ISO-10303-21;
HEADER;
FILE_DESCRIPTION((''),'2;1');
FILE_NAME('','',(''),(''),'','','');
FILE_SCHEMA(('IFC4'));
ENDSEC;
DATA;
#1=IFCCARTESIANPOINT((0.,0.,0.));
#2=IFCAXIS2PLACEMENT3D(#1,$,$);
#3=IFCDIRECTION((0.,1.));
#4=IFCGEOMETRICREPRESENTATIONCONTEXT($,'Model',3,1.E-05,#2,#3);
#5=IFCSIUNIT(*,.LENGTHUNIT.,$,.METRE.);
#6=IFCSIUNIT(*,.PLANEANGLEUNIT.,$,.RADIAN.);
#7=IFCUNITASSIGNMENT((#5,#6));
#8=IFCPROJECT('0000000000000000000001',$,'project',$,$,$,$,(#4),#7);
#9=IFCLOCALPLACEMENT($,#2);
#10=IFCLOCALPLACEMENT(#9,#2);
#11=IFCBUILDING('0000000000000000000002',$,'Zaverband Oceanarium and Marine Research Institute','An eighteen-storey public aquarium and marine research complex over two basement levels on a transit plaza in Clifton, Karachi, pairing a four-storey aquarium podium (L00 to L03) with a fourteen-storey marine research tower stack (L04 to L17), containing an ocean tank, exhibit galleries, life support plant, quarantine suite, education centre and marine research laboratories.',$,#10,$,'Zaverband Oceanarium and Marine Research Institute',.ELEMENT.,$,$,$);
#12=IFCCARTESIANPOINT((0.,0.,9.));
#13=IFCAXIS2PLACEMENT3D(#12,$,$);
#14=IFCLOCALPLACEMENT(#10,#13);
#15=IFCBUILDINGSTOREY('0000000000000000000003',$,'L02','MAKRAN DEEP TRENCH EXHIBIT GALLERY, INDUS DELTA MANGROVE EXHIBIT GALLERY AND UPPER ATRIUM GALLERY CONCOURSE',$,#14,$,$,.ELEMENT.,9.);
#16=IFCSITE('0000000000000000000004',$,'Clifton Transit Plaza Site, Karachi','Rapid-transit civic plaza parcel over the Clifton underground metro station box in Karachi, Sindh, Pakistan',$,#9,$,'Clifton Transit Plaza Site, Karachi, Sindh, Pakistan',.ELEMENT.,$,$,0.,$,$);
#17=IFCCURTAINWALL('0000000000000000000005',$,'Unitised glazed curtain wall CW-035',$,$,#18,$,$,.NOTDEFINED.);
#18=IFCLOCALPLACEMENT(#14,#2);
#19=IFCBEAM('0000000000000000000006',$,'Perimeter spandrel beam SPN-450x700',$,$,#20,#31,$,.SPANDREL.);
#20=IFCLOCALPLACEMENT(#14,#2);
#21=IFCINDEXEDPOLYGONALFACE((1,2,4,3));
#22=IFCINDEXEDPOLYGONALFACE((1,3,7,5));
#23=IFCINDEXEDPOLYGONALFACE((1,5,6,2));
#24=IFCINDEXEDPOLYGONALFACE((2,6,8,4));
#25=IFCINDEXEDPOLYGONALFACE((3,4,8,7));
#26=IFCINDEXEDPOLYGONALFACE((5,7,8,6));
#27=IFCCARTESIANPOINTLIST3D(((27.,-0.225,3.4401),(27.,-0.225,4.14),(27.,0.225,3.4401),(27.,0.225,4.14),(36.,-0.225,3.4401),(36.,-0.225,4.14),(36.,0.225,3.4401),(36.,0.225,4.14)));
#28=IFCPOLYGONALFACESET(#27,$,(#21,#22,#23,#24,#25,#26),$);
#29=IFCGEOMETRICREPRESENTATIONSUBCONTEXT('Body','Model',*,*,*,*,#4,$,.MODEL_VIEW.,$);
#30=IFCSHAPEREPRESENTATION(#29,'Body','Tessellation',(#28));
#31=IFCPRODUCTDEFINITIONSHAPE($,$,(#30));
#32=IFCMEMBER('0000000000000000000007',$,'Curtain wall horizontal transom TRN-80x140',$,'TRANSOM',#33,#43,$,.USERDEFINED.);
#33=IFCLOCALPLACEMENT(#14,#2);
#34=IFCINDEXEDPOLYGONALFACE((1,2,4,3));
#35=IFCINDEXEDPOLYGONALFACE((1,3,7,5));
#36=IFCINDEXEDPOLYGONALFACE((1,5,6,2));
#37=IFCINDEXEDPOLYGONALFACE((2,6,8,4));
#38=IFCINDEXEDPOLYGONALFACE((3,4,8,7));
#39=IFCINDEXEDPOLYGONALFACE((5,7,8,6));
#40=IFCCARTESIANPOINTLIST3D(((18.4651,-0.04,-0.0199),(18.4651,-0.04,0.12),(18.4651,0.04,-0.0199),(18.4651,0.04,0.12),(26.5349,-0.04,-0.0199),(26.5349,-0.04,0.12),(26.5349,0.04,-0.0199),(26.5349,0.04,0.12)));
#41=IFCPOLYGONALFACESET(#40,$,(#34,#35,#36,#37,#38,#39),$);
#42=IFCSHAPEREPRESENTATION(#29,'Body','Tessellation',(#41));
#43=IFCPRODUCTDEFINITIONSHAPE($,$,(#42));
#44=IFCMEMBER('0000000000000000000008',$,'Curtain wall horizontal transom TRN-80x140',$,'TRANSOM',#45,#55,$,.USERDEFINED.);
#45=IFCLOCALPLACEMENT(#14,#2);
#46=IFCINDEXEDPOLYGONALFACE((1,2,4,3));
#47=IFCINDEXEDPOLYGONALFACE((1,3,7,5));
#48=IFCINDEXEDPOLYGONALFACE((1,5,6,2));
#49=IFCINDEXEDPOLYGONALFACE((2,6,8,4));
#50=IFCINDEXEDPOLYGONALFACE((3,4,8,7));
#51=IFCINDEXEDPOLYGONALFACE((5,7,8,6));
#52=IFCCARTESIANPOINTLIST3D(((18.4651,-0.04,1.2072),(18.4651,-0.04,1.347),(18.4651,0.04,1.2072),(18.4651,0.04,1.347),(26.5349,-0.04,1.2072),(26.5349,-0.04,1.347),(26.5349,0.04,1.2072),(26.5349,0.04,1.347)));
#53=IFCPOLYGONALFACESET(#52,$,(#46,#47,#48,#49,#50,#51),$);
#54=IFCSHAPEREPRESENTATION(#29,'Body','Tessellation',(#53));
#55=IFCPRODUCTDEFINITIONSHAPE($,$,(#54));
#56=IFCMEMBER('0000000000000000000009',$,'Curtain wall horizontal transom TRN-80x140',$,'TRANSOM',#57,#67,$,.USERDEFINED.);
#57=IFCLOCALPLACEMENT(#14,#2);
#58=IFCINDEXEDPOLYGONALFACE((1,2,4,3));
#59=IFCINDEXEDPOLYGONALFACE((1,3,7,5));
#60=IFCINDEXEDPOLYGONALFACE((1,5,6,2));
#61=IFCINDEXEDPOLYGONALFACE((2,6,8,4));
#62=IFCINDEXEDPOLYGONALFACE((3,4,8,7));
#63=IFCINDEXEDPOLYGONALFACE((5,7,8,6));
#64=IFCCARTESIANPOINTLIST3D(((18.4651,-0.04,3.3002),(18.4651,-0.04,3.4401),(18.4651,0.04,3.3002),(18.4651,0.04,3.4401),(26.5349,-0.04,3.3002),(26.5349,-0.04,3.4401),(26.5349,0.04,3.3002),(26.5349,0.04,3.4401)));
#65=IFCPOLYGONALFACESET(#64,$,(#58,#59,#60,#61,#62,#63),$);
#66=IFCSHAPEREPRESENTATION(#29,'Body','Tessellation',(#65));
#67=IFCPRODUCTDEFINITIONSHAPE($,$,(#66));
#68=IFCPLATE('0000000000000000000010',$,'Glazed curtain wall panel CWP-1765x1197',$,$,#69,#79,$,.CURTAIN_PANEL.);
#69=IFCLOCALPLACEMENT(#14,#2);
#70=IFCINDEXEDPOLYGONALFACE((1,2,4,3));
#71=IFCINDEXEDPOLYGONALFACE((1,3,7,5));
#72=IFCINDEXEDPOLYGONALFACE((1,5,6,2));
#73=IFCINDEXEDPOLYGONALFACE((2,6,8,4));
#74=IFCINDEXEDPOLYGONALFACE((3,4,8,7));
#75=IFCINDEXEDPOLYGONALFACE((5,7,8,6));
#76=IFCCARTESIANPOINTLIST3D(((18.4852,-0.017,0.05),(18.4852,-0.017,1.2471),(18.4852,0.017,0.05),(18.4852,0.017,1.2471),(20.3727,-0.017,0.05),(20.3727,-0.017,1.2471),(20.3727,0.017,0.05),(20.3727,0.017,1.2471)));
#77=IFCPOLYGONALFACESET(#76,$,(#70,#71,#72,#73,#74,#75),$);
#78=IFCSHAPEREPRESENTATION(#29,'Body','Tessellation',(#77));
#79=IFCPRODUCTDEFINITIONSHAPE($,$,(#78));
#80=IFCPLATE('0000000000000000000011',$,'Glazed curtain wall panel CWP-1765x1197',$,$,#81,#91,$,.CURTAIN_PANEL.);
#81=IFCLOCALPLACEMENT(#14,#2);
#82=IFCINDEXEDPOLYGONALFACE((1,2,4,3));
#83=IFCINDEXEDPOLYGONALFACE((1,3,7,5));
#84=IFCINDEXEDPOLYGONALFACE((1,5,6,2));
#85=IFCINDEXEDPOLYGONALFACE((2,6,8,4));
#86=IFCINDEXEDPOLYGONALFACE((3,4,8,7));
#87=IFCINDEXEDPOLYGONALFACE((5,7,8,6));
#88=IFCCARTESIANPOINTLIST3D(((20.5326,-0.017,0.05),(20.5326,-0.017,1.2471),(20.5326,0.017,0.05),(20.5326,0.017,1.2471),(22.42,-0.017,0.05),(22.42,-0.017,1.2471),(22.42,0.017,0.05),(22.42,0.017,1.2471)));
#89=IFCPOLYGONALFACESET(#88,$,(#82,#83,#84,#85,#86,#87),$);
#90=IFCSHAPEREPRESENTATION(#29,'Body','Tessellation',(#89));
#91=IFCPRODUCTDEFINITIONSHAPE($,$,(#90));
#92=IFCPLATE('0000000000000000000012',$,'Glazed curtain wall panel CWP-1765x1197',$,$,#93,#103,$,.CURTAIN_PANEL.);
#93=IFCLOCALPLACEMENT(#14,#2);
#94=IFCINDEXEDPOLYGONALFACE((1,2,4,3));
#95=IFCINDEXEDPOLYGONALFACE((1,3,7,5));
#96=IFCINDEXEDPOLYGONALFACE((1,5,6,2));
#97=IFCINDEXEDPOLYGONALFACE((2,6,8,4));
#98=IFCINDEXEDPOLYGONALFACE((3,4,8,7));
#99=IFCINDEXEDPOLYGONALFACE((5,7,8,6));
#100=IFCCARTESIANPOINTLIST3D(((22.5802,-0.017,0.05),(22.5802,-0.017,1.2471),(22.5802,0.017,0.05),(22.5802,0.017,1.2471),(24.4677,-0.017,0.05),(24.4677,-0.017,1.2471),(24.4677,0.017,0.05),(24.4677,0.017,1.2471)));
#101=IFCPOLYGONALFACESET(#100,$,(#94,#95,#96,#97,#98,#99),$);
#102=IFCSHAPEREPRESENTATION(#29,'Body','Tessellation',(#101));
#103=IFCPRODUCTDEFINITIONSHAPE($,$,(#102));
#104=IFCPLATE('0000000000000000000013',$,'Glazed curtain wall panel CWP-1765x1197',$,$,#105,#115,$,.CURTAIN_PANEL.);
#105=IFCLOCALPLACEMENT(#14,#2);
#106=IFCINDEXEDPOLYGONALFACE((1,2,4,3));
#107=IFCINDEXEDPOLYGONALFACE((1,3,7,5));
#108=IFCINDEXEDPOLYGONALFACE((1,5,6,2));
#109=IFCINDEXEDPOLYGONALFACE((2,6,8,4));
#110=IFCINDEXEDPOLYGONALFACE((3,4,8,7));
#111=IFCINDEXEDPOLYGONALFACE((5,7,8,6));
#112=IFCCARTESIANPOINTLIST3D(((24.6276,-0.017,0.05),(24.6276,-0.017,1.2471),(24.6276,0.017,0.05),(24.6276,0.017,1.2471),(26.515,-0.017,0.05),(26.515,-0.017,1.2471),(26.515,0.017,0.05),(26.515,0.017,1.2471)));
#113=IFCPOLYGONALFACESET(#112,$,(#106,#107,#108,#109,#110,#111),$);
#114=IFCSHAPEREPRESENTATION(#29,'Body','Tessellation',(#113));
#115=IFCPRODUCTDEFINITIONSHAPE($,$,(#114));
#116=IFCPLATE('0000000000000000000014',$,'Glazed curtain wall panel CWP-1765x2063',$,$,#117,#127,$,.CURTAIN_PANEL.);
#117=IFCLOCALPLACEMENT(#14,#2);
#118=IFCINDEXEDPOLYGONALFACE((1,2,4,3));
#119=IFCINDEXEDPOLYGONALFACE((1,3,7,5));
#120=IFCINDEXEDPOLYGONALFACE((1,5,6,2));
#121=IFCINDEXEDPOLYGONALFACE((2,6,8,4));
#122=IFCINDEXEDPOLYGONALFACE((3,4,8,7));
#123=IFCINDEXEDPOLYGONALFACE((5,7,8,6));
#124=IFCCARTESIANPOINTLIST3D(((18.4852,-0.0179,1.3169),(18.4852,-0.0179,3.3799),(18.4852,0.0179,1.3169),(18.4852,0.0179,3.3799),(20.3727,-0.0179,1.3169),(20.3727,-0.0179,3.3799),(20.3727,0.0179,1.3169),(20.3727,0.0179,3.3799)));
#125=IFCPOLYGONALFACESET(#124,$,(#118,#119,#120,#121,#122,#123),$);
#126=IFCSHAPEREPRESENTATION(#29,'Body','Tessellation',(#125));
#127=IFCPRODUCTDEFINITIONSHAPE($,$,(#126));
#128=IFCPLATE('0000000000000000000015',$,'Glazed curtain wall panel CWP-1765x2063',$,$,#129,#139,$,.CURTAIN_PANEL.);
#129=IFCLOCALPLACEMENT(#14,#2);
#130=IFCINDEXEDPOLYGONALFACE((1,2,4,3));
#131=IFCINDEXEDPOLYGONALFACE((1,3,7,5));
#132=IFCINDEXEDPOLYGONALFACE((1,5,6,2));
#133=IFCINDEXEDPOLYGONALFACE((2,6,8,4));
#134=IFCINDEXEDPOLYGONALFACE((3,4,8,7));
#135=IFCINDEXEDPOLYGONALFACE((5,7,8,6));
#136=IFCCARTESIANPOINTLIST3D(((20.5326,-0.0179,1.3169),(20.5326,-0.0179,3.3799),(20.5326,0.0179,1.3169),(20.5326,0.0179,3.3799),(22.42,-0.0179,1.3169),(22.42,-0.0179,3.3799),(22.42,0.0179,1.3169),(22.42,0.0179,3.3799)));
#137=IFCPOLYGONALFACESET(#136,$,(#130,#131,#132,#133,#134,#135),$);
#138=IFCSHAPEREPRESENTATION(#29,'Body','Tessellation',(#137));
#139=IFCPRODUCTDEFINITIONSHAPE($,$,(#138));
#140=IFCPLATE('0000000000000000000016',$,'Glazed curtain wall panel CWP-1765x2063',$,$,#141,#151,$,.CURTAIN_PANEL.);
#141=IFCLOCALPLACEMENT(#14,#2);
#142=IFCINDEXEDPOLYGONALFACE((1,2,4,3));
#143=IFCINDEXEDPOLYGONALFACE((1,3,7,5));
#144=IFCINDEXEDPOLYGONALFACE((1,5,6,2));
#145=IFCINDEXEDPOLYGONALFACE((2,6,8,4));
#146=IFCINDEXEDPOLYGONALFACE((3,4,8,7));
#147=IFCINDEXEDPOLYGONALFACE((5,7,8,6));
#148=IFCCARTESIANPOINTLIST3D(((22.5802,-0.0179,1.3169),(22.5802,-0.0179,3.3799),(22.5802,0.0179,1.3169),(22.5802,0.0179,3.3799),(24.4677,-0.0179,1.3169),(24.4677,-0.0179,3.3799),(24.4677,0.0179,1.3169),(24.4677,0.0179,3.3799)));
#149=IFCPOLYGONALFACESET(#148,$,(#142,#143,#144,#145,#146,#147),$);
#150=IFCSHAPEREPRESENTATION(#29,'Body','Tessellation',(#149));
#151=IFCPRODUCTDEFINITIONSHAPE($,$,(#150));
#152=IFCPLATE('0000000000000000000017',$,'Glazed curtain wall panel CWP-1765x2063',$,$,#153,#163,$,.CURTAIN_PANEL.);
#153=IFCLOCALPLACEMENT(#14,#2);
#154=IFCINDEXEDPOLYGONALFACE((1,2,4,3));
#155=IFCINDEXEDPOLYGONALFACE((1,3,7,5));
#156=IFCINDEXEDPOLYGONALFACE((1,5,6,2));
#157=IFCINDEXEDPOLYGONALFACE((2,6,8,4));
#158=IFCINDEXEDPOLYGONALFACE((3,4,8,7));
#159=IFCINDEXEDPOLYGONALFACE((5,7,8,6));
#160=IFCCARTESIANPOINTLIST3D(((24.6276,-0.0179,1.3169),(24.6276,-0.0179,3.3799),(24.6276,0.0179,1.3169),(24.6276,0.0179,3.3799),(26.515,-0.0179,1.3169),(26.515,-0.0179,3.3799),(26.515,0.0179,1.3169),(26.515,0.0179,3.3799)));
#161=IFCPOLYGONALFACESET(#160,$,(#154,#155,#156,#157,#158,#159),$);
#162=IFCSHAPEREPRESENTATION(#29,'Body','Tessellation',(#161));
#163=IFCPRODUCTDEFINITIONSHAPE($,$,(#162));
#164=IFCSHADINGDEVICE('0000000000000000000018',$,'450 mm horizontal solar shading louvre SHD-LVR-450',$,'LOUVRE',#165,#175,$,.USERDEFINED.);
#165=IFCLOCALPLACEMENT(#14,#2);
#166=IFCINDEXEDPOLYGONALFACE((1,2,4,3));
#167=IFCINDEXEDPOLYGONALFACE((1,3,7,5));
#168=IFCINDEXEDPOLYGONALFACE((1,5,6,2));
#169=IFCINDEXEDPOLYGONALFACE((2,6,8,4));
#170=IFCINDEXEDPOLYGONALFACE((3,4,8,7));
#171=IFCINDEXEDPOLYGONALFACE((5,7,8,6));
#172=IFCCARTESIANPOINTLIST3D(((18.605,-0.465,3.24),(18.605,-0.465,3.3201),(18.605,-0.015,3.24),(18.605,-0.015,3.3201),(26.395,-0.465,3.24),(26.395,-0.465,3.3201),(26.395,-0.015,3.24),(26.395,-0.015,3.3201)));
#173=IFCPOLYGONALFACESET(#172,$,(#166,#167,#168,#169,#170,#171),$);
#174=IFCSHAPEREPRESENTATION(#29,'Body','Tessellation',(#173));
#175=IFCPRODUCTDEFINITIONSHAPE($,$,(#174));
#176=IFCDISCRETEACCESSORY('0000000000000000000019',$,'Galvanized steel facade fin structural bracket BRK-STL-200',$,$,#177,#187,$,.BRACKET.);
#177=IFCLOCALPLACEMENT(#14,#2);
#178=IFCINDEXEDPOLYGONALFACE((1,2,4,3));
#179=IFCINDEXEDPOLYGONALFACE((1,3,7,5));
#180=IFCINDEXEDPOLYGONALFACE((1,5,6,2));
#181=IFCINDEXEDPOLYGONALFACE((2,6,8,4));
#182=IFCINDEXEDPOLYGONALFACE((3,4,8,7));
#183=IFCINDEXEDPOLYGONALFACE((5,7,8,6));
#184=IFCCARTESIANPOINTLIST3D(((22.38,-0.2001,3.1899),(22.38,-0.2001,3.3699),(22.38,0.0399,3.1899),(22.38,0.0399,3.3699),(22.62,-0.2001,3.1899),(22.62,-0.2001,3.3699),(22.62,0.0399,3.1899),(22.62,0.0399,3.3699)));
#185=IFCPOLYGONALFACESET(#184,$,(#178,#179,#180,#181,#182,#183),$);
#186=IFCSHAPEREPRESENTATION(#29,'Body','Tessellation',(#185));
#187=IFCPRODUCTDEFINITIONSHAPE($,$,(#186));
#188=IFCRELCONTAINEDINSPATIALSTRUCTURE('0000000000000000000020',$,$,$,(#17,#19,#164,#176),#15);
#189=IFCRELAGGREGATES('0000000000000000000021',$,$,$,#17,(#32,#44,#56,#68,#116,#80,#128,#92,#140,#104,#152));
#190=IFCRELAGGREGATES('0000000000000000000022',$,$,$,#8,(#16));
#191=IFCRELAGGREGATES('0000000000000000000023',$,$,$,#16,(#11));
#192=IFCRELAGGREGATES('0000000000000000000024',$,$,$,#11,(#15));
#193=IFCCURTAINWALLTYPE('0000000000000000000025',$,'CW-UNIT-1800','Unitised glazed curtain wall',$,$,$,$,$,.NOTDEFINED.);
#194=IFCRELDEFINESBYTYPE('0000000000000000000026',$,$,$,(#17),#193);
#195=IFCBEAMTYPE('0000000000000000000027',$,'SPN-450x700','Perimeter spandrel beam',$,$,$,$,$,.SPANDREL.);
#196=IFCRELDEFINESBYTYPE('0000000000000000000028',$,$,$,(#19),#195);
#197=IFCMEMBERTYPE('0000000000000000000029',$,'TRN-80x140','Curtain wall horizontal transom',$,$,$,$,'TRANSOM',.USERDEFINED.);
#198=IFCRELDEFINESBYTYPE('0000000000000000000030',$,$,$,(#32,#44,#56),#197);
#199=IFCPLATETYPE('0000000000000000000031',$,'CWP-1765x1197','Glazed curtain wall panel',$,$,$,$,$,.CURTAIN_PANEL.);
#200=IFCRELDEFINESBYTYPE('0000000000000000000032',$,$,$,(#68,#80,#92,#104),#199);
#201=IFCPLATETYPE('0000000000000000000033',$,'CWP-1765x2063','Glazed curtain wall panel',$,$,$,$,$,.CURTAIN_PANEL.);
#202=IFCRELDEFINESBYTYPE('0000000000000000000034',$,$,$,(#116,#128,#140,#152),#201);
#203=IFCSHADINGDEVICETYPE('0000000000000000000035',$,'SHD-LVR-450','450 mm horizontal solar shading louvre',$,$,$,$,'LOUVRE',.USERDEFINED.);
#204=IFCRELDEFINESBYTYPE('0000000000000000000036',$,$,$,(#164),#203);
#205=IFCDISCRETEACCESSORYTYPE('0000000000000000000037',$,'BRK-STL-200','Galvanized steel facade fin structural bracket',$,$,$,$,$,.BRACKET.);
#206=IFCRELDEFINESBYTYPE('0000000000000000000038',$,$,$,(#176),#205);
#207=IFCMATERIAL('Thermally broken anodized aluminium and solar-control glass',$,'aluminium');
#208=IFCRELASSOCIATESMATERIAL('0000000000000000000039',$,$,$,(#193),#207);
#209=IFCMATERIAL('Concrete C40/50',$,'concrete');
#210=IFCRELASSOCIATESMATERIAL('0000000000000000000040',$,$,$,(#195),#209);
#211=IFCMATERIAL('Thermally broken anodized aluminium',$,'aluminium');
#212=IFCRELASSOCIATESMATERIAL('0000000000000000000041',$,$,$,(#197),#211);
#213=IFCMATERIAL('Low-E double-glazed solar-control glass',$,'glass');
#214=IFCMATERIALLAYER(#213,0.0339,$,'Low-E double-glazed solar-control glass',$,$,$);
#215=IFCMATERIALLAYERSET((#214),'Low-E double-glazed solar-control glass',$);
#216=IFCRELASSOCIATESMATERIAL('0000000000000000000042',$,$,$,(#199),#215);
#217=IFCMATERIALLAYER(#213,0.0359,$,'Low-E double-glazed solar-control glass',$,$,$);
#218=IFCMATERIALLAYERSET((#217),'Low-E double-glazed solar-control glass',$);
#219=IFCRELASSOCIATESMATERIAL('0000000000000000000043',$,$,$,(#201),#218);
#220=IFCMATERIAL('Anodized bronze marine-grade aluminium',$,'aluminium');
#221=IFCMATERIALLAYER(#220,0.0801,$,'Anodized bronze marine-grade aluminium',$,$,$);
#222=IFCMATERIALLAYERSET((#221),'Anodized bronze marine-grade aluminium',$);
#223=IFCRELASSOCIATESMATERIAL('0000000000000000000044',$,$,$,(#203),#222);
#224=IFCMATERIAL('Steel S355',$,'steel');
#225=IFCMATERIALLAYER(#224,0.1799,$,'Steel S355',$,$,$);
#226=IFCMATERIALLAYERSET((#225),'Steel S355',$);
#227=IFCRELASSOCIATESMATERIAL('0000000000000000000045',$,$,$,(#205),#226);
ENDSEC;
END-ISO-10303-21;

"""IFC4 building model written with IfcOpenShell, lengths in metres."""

from ifc_helpers import new_model, si_unit, direction, frame, frame_2d, origin, origin_2d, place, context, subcontext, project, spatial, rectangle, extrude, material, layer, layer_set, material_profile, profile_set, type_object, element, aggregate, save


model = new_model("IFC4")

# Units and contexts
model_context = context("Model", 3, precision=1e-05, world=origin(), true_north=direction((0.0, 1.0)))
body_context = subcontext(model_context, "Body", "Model", "MODEL_VIEW")
ifc_project = project(units=[si_unit("LENGTHUNIT", "METRE"), si_unit("PLANEANGLEUNIT", "RADIAN")], contexts=[model_context])

# Site, building, storey
site_placement = place(None, origin())
site = spatial("IfcSite", under=ifc_project, at=site_placement, Name="Clifton Transit Plaza Site, Karachi", Description="Rapid-transit civic plaza parcel over the Clifton underground metro station box in Karachi, Sindh, Pakistan", LongName="Clifton Transit Plaza Site, Karachi, Sindh, Pakistan", CompositionType="ELEMENT", RefElevation=0.0)
building_placement = place(site_placement, origin())
building = spatial("IfcBuilding", under=site, at=building_placement, Name="Zaverband Oceanarium and Marine Research Institute", Description="An eighteen-storey public aquarium and marine research complex over two basement levels on a transit plaza in Clifton, Karachi, pairing a four-storey aquarium podium (L00 to L03) with a fourteen-storey marine research tower stack (L04 to L17), containing an ocean tank, exhibit galleries, life support plant, quarantine suite, education centre and marine research laboratories.", LongName="Zaverband Oceanarium and Marine Research Institute", CompositionType="ELEMENT")
storey_placement = place(building_placement, frame((0.0, 0.0, 9.0)))
storey = spatial("IfcBuildingStorey", under=building, at=storey_placement, Name="L02", Description="MAKRAN DEEP TRENCH EXHIBIT GALLERY, INDUS DELTA MANGROVE EXHIBIT GALLERY AND UPPER ATRIUM GALLERY CONCOURSE", CompositionType="ELEMENT", Elevation=9.0)

# Shared definitions
ifc_material_1 = material(Name="Concrete C40/50", Category="concrete")

# Curtain wall
ifc_material_2 = material(Name="Thermally broken anodized aluminium and solar-control glass", Category="aluminium")
curtain_wall_type = type_object("IfcCurtainWallType", Name="CW-UNIT-1800", Description="Unitised glazed curtain wall", PredefinedType="NOTDEFINED", material=ifc_material_2)
curtain_wall_placement = place(storey_placement, origin())
curtain_wall = element("IfcCurtainWall", 1, at=curtain_wall_placement, inside=storey, type_object=curtain_wall_type, Name="Unitised glazed curtain wall CW-035", PredefinedType="NOTDEFINED")
ifc_material_3 = material(Name="Thermally broken anodized aluminium", Category="aluminium")

# Beam
ifc_material_profile_1 = material_profile(ifc_material_1, rectangle(XDim=0.45, YDim=0.7, at=origin_2d()), Name="RC450x700")
ifc_profile_set_1 = profile_set([ifc_material_profile_1], Name="Concrete C40/50")
beam_type_1 = type_object("IfcBeamType", Name="SPN-450x700", Description="Perimeter spandrel beam", PredefinedType="SPANDREL", material=ifc_profile_set_1)
beam_1_placement = place(storey_placement, frame((27.0, 0.0, 3.79), z_axis=(1.0, 0.0, 0.0), x_axis=(0.0, 1.0, 0.0)))
element("IfcBeam", 2, at=beam_1_placement, inside=storey, type_object=beam_type_1, Name="Perimeter spandrel beam SPN-450x700", PredefinedType="SPANDREL", context=body_context, shape_type="SweptSolid", body=[
    extrude(rectangle(XDim=0.45, YDim=0.7, at=origin_2d()), origin(), (0.0, 0.0, 1.0), 9.0),
])

# Members
ifc_material_profile_2 = material_profile(ifc_material_3, rectangle(XDim=0.0801, YDim=0.1399, at=origin_2d()), Name="AL-TRN-80x140")
ifc_profile_set_2 = profile_set([ifc_material_profile_2], Name="Thermally broken anodized aluminium")
member_type_1 = type_object("IfcMemberType", Name="TRN-80x140", Description="Curtain wall horizontal transom", ElementType="TRANSOM", PredefinedType="USERDEFINED", material=ifc_profile_set_2)
member_1_placement = place(storey_placement, frame((18.4651, 0.0, 0.05), z_axis=(1.0, 0.0, 0.0), x_axis=(0.0, 1.0, 0.0)))
member_1 = element("IfcMember", 3, at=member_1_placement, type_object=member_type_1, Name="Curtain wall horizontal transom TRN-80x140", ObjectType="TRANSOM", PredefinedType="USERDEFINED", context=body_context, shape_type="SweptSolid", body=[
    extrude(rectangle(XDim=0.0801, YDim=0.1399, at=origin_2d()), origin(), (0.0, 0.0, 1.0), 8.0698),
])
member_2_placement = place(storey_placement, frame((18.4651, 0.0, 1.2771), z_axis=(1.0, 0.0, 0.0), x_axis=(0.0, 1.0, 0.0)))
member_2 = element("IfcMember", 4, at=member_2_placement, type_object=member_type_1, Name="Curtain wall horizontal transom TRN-80x140", ObjectType="TRANSOM", PredefinedType="USERDEFINED", context=body_context, shape_type="SweptSolid", body=[
    extrude(rectangle(XDim=0.0801, YDim=0.1399, at=origin_2d()), origin(), (0.0, 0.0, 1.0), 8.0698),
])
member_3_placement = place(storey_placement, frame((18.4651, 0.0, 3.3701), z_axis=(1.0, 0.0, 0.0), x_axis=(0.0, 1.0, 0.0)))
member_3 = element("IfcMember", 5, at=member_3_placement, type_object=member_type_1, Name="Curtain wall horizontal transom TRN-80x140", ObjectType="TRANSOM", PredefinedType="USERDEFINED", context=body_context, shape_type="SweptSolid", body=[
    extrude(rectangle(XDim=0.0801, YDim=0.1399, at=origin_2d()), origin(), (0.0, 0.0, 1.0), 8.0698),
])

# Plates
ifc_material_4 = material(Name="Low-E double-glazed solar-control glass", Category="glass")
ifc_layer_1 = layer(ifc_material_4, 0.0339, Name="Low-E double-glazed solar-control glass")
ifc_layer_set_1 = layer_set([ifc_layer_1], Name="Low-E double-glazed solar-control glass")
plate_type_1 = type_object("IfcPlateType", Name="CWP-1765x1197", Description="Glazed curtain wall panel", PredefinedType="CURTAIN_PANEL", material=ifc_layer_set_1)
plate_1_placement = place(storey_placement, frame((18.4851, 0.0, 0.05), z_axis=(0.0, 0.0, 1.0), x_axis=(1.0, 0.0, 0.0)))
plate_1 = element("IfcPlate", 6, at=plate_1_placement, type_object=plate_type_1, Name="Glazed curtain wall panel CWP-1765x1197", PredefinedType="CURTAIN_PANEL", context=body_context, shape_type="SweptSolid", body=[
    extrude(rectangle(XDim=1.8875, YDim=0.0339, at=frame_2d((0.9438, 0.0))), origin(), (0.0, 0.0, 1.0), 1.197),
])
plate_2_placement = place(storey_placement, frame((20.5325, 0.0, 0.05), z_axis=(0.0, 0.0, 1.0), x_axis=(1.0, 0.0, 0.0)))
plate_2 = element("IfcPlate", 7, at=plate_2_placement, type_object=plate_type_1, Name="Glazed curtain wall panel CWP-1765x1197", PredefinedType="CURTAIN_PANEL", context=body_context, shape_type="SweptSolid", body=[
    extrude(rectangle(XDim=1.8875, YDim=0.0339, at=frame_2d((0.9438, 0.0))), origin(), (0.0, 0.0, 1.0), 1.197),
])
plate_3_placement = place(storey_placement, frame((22.5801, 0.0, 0.05), z_axis=(0.0, 0.0, 1.0), x_axis=(1.0, 0.0, 0.0)))
plate_3 = element("IfcPlate", 8, at=plate_3_placement, type_object=plate_type_1, Name="Glazed curtain wall panel CWP-1765x1197", PredefinedType="CURTAIN_PANEL", context=body_context, shape_type="SweptSolid", body=[
    extrude(rectangle(XDim=1.8875, YDim=0.0339, at=frame_2d((0.9438, 0.0))), origin(), (0.0, 0.0, 1.0), 1.197),
])
plate_4_placement = place(storey_placement, frame((24.6274, 0.0, 0.05), z_axis=(0.0, 0.0, 1.0), x_axis=(1.0, 0.0, 0.0)))
plate_4 = element("IfcPlate", 9, at=plate_4_placement, type_object=plate_type_1, Name="Glazed curtain wall panel CWP-1765x1197", PredefinedType="CURTAIN_PANEL", context=body_context, shape_type="SweptSolid", body=[
    extrude(rectangle(XDim=1.8875, YDim=0.0339, at=frame_2d((0.9438, 0.0))), origin(), (0.0, 0.0, 1.0), 1.197),
])
ifc_layer_2 = layer(ifc_material_4, 0.0359, Name="Low-E double-glazed solar-control glass")
ifc_layer_set_2 = layer_set([ifc_layer_2], Name="Low-E double-glazed solar-control glass")
plate_type_2 = type_object("IfcPlateType", Name="CWP-1765x2063", Description="Glazed curtain wall panel", PredefinedType="CURTAIN_PANEL", material=ifc_layer_set_2)
plate_5_placement = place(storey_placement, frame((18.4851, 0.0, 1.3169), z_axis=(0.0, 0.0, 1.0), x_axis=(1.0, 0.0, 0.0)))
plate_5 = element("IfcPlate", 10, at=plate_5_placement, type_object=plate_type_2, Name="Glazed curtain wall panel CWP-1765x2063", PredefinedType="CURTAIN_PANEL", context=body_context, shape_type="SweptSolid", body=[
    extrude(rectangle(XDim=1.8875, YDim=0.0359, at=frame_2d((0.9438, 0.0))), origin(), (0.0, 0.0, 1.0), 2.063),
])
plate_6_placement = place(storey_placement, frame((20.5325, 0.0, 1.3169), z_axis=(0.0, 0.0, 1.0), x_axis=(1.0, 0.0, 0.0)))
plate_6 = element("IfcPlate", 11, at=plate_6_placement, type_object=plate_type_2, Name="Glazed curtain wall panel CWP-1765x2063", PredefinedType="CURTAIN_PANEL", context=body_context, shape_type="SweptSolid", body=[
    extrude(rectangle(XDim=1.8875, YDim=0.0359, at=frame_2d((0.9438, 0.0))), origin(), (0.0, 0.0, 1.0), 2.063),
])
plate_7_placement = place(storey_placement, frame((22.5801, 0.0, 1.3169), z_axis=(0.0, 0.0, 1.0), x_axis=(1.0, 0.0, 0.0)))
plate_7 = element("IfcPlate", 12, at=plate_7_placement, type_object=plate_type_2, Name="Glazed curtain wall panel CWP-1765x2063", PredefinedType="CURTAIN_PANEL", context=body_context, shape_type="SweptSolid", body=[
    extrude(rectangle(XDim=1.8875, YDim=0.0359, at=frame_2d((0.9438, 0.0))), origin(), (0.0, 0.0, 1.0), 2.063),
])
plate_8_placement = place(storey_placement, frame((24.6274, 0.0, 1.3169), z_axis=(0.0, 0.0, 1.0), x_axis=(1.0, 0.0, 0.0)))
plate_8 = element("IfcPlate", 13, at=plate_8_placement, type_object=plate_type_2, Name="Glazed curtain wall panel CWP-1765x2063", PredefinedType="CURTAIN_PANEL", context=body_context, shape_type="SweptSolid", body=[
    extrude(rectangle(XDim=1.8875, YDim=0.0359, at=frame_2d((0.9438, 0.0))), origin(), (0.0, 0.0, 1.0), 2.063),
])
aggregate(curtain_wall, [member_1, member_2, member_3, plate_1, plate_5, plate_2, plate_6, plate_3, plate_7, plate_4, plate_8])

# Shading device
ifc_material_5 = material(Name="Anodized bronze marine-grade aluminium", Category="aluminium")
ifc_layer_3 = layer(ifc_material_5, 0.0801, Name="Anodized bronze marine-grade aluminium")
ifc_layer_set_3 = layer_set([ifc_layer_3], Name="Anodized bronze marine-grade aluminium")
shading_device_type = type_object("IfcShadingDeviceType", Name="SHD-LVR-450", Description="450 mm horizontal solar shading louvre", ElementType="LOUVRE", PredefinedType="USERDEFINED", material=ifc_layer_set_3)
shading_device_placement = place(storey_placement, frame((18.605, -0.24, 3.24), z_axis=(0.0, 0.0, 1.0), x_axis=(1.0, 0.0, 0.0)))
element("IfcShadingDevice", 14, at=shading_device_placement, inside=storey, type_object=shading_device_type, Name="450 mm horizontal solar shading louvre SHD-LVR-450", ObjectType="LOUVRE", PredefinedType="USERDEFINED", context=body_context, shape_type="SweptSolid", body=[
    extrude(rectangle(XDim=7.79, YDim=0.45, at=frame_2d((3.895, 0.0))), origin(), (0.0, 0.0, 1.0), 0.0801),
])

# Discrete accessory
ifc_material_6 = material(Name="Steel S355", Category="steel")
ifc_layer_4 = layer(ifc_material_6, 0.1799, Name="Steel S355")
ifc_layer_set_4 = layer_set([ifc_layer_4], Name="Steel S355")
discrete_accessory_type = type_object("IfcDiscreteAccessoryType", Name="BRK-STL-200", Description="Galvanized steel facade fin structural bracket", PredefinedType="BRACKET", material=ifc_layer_set_4)
discrete_accessory_placement = place(storey_placement, frame((22.5, -0.0801, 3.1899), z_axis=(0.0, 0.0, 1.0), x_axis=(1.0, 0.0, 0.0)))
element("IfcDiscreteAccessory", 15, at=discrete_accessory_placement, inside=storey, type_object=discrete_accessory_type, Name="Galvanized steel facade fin structural bracket BRK-STL-200", PredefinedType="BRACKET", context=body_context, shape_type="SweptSolid", body=[
    extrude(rectangle(XDim=0.24, YDim=0.24, at=origin_2d()), origin(), (0.0, 0.0, 1.0), 0.1799),
])

save(model, "model.ifc")
